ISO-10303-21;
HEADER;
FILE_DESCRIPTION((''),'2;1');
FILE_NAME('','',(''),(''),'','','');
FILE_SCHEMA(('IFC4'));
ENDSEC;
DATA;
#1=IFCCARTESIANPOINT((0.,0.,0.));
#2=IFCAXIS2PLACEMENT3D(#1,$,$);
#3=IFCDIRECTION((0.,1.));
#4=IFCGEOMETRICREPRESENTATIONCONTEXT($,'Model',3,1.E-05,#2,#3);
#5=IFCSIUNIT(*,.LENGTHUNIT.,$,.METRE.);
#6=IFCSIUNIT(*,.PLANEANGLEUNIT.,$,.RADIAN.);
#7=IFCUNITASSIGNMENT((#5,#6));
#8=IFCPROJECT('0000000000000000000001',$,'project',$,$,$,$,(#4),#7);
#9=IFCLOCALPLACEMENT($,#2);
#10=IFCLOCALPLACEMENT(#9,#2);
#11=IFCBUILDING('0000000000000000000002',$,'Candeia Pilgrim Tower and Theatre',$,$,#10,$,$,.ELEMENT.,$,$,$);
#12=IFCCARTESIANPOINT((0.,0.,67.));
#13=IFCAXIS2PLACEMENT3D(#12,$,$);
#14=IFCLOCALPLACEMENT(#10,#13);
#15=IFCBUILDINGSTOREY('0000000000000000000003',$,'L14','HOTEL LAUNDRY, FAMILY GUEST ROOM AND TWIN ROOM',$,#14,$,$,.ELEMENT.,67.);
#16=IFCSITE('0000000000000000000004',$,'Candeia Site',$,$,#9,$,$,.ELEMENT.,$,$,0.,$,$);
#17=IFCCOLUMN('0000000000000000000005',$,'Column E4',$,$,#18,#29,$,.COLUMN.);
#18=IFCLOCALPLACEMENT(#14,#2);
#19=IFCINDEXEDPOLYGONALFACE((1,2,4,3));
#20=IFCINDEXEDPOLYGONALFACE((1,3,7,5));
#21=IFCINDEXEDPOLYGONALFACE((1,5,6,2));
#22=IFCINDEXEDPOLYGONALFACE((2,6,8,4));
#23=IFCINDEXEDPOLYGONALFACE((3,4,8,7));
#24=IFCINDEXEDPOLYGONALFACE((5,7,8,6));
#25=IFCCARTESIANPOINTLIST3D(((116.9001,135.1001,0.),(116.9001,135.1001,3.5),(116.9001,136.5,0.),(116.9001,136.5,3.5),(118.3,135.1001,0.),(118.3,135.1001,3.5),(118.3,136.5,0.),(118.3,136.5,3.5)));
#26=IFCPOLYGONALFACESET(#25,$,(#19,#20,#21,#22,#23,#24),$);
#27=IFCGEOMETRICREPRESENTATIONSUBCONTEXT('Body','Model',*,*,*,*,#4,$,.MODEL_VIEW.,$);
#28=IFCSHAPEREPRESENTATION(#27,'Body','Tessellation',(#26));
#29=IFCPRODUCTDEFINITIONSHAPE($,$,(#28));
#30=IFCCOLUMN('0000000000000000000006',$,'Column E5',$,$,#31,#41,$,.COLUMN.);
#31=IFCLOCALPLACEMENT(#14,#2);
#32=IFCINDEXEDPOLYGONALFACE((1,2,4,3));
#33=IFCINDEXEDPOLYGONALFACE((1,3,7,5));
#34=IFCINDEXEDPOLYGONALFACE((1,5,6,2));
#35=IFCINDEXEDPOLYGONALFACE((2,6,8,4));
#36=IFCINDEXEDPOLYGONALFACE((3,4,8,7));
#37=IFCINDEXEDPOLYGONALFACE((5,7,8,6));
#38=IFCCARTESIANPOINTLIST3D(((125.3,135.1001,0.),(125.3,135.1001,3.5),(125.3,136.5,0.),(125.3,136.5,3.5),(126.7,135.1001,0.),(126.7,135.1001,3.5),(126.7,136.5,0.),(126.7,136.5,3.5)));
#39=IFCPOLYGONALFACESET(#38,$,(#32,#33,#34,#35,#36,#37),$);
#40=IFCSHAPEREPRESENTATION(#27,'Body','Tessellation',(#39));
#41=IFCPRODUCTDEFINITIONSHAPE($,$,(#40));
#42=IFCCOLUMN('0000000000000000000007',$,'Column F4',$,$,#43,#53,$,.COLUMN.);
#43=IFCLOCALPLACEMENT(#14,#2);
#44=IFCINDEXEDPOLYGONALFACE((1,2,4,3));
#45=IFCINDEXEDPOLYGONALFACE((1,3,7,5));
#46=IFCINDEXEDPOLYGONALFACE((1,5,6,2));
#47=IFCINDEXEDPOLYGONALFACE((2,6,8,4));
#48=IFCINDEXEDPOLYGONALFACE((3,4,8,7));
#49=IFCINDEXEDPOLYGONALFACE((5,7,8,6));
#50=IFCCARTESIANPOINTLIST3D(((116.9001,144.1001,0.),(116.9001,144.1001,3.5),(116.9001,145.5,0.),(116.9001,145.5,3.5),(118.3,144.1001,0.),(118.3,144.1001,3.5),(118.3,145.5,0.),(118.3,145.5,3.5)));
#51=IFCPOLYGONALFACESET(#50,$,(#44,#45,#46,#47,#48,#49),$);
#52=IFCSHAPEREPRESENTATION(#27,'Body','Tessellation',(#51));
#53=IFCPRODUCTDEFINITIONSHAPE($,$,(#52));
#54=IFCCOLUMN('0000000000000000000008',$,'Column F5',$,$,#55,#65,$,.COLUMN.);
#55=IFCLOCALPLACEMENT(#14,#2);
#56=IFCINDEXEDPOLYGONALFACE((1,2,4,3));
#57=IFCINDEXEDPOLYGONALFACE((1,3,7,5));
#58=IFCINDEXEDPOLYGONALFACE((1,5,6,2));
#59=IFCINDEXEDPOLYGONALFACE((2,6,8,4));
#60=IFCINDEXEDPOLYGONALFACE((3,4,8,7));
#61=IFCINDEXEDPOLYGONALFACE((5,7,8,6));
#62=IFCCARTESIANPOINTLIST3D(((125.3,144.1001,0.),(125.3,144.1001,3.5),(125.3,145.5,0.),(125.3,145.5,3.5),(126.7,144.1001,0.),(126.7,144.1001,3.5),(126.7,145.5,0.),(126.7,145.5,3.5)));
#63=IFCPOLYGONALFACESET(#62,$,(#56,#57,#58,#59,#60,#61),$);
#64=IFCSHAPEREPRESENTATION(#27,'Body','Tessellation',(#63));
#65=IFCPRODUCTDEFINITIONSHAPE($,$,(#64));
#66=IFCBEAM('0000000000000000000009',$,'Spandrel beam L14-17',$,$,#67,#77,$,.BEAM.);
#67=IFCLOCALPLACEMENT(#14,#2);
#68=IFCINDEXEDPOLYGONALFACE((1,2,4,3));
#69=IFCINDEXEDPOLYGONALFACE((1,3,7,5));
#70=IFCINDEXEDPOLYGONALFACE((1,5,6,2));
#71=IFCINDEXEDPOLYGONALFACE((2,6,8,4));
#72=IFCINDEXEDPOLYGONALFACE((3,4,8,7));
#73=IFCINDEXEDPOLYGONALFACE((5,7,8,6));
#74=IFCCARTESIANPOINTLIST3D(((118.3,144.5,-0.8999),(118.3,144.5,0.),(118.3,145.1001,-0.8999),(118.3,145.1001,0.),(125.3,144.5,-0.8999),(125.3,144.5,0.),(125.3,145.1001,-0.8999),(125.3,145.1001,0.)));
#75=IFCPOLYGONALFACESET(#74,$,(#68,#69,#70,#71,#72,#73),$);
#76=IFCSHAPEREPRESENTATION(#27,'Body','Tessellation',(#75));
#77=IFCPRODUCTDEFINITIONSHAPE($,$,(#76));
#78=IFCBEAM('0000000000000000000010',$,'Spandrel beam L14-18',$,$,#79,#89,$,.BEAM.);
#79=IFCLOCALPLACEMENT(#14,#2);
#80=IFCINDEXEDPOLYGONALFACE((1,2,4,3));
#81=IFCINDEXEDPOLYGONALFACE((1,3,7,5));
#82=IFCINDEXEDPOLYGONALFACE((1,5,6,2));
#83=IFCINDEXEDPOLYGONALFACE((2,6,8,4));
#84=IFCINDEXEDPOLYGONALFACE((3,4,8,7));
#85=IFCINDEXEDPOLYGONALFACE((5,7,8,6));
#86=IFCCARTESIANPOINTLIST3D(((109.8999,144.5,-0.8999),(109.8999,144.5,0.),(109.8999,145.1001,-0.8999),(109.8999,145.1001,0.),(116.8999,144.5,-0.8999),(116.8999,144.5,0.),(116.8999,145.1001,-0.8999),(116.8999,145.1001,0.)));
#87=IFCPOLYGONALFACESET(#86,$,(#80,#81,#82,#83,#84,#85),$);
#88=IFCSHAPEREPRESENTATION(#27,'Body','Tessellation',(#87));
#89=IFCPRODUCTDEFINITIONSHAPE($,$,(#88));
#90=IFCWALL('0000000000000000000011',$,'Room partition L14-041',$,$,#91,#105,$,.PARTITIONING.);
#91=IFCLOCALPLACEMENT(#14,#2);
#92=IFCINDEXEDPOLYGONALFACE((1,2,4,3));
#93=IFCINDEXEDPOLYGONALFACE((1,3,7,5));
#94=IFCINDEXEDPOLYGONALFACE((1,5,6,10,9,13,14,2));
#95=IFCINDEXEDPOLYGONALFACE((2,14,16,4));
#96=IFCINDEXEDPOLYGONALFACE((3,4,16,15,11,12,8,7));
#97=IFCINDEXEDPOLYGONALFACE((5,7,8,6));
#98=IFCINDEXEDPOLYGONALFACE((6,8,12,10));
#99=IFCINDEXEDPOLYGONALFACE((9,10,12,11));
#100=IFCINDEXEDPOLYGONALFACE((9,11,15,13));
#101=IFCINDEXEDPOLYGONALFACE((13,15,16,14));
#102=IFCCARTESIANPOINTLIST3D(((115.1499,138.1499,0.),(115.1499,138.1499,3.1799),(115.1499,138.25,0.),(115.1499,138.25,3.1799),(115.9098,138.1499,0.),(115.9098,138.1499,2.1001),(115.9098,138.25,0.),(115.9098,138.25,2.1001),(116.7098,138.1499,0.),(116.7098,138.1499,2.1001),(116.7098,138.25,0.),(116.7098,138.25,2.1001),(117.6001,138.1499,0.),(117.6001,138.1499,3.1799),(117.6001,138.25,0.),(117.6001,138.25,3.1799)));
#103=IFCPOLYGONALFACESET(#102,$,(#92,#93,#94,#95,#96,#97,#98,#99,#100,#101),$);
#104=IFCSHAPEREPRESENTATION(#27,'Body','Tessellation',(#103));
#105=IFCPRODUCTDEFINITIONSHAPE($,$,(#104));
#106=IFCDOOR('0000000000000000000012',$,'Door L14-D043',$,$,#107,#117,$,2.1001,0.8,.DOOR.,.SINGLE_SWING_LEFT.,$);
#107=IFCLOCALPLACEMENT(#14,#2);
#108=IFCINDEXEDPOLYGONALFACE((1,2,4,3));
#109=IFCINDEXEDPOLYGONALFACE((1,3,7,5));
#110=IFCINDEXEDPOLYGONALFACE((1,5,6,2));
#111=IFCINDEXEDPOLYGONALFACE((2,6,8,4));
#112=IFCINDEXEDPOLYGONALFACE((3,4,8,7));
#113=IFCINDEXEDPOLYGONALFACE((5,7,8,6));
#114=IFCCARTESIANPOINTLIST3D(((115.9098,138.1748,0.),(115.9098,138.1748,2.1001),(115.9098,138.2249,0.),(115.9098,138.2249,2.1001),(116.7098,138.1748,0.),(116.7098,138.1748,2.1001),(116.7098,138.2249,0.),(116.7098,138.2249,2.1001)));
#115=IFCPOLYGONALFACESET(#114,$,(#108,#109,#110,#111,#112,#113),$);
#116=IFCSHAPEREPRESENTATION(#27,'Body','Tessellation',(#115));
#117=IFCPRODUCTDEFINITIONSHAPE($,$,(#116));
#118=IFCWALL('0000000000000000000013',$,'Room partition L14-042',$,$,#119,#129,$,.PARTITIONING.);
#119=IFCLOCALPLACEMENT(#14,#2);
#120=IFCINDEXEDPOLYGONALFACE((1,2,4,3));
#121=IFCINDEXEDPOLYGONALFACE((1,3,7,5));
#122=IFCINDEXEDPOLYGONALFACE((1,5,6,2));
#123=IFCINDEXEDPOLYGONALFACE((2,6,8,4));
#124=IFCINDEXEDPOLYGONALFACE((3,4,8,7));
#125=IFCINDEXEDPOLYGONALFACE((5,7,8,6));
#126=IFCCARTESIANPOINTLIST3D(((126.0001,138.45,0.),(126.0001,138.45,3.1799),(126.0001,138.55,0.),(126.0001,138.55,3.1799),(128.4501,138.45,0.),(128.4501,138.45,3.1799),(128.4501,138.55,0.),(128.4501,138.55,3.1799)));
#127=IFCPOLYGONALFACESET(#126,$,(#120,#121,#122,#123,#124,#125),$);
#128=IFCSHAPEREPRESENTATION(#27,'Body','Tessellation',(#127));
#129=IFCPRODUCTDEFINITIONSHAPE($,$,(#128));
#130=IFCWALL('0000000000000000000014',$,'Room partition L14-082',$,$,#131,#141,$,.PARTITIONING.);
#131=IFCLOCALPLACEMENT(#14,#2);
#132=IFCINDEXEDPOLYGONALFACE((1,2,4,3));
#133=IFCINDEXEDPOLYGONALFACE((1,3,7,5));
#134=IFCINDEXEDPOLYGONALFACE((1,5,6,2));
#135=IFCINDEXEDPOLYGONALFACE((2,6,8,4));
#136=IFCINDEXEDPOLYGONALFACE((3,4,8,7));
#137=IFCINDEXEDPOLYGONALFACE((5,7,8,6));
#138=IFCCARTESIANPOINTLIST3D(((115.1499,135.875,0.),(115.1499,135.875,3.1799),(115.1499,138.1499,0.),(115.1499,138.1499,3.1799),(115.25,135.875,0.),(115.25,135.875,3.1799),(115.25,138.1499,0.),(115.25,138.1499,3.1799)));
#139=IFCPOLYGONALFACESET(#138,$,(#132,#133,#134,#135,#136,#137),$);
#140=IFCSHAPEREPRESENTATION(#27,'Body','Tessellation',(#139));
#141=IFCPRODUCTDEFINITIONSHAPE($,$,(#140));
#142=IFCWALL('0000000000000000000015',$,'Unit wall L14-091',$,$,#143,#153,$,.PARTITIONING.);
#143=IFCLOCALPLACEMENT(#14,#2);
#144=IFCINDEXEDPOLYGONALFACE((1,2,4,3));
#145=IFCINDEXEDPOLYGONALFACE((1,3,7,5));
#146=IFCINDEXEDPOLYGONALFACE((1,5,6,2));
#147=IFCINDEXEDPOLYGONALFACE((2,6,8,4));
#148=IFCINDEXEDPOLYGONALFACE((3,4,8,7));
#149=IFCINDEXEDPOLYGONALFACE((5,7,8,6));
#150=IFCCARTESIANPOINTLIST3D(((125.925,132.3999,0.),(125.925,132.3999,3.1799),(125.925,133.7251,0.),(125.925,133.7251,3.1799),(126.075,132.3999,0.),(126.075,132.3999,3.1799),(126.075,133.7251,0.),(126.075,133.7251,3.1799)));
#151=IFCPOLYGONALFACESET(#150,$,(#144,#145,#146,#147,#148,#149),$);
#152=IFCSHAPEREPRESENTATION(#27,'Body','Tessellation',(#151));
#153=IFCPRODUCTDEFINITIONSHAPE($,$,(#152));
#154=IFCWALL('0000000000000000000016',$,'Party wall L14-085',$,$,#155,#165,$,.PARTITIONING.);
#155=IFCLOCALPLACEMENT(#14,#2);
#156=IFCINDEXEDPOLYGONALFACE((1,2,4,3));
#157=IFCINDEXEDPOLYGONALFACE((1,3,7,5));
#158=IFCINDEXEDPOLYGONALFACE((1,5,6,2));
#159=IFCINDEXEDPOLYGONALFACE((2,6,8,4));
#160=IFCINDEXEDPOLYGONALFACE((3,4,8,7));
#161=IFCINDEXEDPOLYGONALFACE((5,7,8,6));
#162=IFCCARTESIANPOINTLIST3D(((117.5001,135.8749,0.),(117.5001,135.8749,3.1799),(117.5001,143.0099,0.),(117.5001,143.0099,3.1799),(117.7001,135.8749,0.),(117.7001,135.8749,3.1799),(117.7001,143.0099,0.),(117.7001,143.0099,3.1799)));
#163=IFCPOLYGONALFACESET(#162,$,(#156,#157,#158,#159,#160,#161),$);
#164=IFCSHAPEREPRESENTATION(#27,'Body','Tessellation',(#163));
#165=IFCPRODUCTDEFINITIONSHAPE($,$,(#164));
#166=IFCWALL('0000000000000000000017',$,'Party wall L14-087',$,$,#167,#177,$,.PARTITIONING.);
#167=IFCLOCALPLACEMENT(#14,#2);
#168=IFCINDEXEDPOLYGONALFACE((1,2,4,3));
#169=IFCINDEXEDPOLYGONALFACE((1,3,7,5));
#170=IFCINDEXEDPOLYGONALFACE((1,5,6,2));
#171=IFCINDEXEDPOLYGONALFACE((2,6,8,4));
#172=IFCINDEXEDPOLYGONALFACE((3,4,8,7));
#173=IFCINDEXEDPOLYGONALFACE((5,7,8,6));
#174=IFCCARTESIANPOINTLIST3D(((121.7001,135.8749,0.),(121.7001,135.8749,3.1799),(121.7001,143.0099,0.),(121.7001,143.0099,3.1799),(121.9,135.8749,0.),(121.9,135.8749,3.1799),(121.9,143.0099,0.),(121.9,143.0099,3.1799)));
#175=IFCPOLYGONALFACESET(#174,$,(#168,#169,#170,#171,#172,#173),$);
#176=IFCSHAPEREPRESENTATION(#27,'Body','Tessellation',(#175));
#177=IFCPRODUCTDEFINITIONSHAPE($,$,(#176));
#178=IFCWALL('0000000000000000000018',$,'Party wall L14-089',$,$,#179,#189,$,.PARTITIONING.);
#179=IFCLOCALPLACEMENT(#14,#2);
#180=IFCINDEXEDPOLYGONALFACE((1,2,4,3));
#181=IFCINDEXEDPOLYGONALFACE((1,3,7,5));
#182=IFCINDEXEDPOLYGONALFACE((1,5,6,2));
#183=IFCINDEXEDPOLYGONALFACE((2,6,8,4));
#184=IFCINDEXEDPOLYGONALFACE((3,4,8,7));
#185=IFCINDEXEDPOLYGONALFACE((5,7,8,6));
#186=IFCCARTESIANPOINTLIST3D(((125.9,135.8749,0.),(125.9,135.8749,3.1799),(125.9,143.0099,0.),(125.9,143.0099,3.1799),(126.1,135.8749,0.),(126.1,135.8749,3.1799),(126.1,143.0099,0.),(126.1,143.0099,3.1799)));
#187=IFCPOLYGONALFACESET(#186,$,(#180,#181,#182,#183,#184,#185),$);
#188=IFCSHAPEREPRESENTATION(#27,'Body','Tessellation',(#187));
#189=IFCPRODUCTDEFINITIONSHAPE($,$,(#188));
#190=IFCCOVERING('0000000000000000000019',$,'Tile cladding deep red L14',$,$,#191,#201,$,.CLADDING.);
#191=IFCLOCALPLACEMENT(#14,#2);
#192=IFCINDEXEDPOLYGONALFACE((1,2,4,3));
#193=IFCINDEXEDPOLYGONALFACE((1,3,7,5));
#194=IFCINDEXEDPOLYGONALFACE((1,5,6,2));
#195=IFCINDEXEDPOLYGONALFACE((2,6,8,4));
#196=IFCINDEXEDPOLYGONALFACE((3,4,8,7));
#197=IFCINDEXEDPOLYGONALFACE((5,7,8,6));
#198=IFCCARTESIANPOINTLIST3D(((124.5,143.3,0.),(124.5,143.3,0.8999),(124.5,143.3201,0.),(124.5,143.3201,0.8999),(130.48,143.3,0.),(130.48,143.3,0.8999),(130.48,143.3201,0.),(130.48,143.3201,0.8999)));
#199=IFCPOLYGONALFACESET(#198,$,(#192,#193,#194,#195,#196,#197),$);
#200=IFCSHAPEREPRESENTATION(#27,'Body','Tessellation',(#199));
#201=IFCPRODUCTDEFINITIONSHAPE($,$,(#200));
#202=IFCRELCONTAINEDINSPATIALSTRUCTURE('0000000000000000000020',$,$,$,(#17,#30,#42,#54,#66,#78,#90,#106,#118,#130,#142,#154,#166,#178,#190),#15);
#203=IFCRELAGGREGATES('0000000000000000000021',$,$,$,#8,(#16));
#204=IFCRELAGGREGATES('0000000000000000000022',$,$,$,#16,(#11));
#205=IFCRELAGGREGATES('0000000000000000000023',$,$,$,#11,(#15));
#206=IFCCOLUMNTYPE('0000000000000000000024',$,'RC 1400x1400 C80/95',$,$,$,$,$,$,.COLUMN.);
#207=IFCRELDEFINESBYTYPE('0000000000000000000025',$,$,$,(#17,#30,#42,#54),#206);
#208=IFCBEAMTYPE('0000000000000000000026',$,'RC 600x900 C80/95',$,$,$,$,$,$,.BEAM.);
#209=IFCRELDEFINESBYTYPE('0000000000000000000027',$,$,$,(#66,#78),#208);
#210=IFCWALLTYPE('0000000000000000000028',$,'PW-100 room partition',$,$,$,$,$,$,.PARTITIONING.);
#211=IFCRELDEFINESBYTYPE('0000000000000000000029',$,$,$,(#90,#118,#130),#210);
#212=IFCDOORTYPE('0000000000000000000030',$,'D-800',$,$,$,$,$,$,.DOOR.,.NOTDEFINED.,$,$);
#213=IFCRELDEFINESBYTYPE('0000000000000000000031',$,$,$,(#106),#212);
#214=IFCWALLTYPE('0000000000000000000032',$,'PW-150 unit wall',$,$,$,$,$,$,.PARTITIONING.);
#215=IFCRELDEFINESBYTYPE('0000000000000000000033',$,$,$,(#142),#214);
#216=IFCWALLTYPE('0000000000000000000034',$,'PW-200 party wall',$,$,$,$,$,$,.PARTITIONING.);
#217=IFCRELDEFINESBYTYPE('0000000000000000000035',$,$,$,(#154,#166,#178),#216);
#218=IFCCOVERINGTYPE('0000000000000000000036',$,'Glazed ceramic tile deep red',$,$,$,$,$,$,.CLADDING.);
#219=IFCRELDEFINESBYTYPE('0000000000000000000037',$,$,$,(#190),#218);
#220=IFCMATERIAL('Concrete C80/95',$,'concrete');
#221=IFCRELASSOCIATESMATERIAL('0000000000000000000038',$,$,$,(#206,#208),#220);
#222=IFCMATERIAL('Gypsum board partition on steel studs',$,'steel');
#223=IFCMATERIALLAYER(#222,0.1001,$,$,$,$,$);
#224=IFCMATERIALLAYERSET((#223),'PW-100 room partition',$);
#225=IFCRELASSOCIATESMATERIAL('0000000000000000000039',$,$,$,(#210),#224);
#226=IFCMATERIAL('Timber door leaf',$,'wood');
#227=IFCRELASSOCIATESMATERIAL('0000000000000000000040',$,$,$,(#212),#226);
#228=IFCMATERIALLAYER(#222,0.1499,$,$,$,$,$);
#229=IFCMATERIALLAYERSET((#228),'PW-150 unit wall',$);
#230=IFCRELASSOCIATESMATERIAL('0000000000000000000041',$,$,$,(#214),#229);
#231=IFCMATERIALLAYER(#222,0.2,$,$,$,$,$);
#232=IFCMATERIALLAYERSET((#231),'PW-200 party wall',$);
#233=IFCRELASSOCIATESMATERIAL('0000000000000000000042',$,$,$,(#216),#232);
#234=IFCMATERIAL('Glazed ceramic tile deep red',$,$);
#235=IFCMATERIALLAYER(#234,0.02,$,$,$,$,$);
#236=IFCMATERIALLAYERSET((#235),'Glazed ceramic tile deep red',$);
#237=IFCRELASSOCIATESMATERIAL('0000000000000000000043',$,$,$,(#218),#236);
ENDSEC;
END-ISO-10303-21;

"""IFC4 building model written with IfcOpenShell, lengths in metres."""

from ifc_helpers import new_model, si_unit, direction, frame, frame_2d, origin, origin_2d, place, context, subcontext, project, spatial, rectangle, extrude, material, layer, layer_set, material_profile, profile_set, type_object, element, fill, save


model = new_model("IFC4")

# Units and contexts
model_context = context("Model", 3, precision=1e-05, world=origin(), true_north=direction((0.0, 1.0)))
body_context = subcontext(model_context, "Body", "Model", "MODEL_VIEW")
ifc_project = project(units=[si_unit("LENGTHUNIT", "METRE"), si_unit("PLANEANGLEUNIT", "RADIAN")], contexts=[model_context])

# Site, building, storey
site_placement = place(None, origin())
site = spatial("IfcSite", under=ifc_project, at=site_placement, Name="Candeia Site", CompositionType="ELEMENT", RefElevation=0.0)
building_placement = place(site_placement, origin())
building = spatial("IfcBuilding", under=site, at=building_placement, Name="Candeia Pilgrim Tower and Theatre", CompositionType="ELEMENT")
storey_placement = place(building_placement, frame((0.0, 0.0, 67.0)))
storey = spatial("IfcBuildingStorey", under=building, at=storey_placement, Name="L14", Description="HOTEL LAUNDRY, FAMILY GUEST ROOM AND TWIN ROOM", CompositionType="ELEMENT", Elevation=67.0)

# Columns
ifc_material_1 = material(Name="Concrete C80/95", Category="concrete")
ifc_material_profile_1 = material_profile(ifc_material_1, rectangle(XDim=1.3999, YDim=1.3999, at=origin_2d()))
ifc_profile_set_1 = profile_set([ifc_material_profile_1], Name="Concrete C80/95")
column_type = type_object("IfcColumnType", Name="RC 1400x1400 C80/95", PredefinedType="COLUMN", material=ifc_profile_set_1)
for number, where, z_axis, x_axis, name in (
    (1, (117.6001, 135.8, 0.0), (0.0, 0.0, 1.0), (1.0, 0.0, 0.0), "Column E4"),
    (2, (126.0, 135.8, 0.0), (0.0, 0.0, 1.0), (1.0, 0.0, 0.0), "Column E5"),
    (3, (117.6001, 144.8, 0.0), (0.0, 0.0, 1.0), (1.0, 0.0, 0.0), "Column F4"),
    (4, (126.0, 144.8, 0.0), (0.0, 0.0, 1.0), (1.0, 0.0, 0.0), "Column F5"),
):
    element("IfcColumn", number, at=place(storey_placement, frame(where, z_axis=z_axis, x_axis=x_axis)), inside=storey, type_object=column_type, Name=name, PredefinedType="COLUMN", context=body_context, shape_type="SweptSolid", body=[
        extrude(rectangle(XDim=1.3999, YDim=1.3999, at=origin_2d()), origin(), (0.0, 0.0, 1.0), 3.5),
    ])

# Beams
ifc_material_profile_2 = material_profile(ifc_material_1, rectangle(XDim=0.6001, YDim=0.8999, at=origin_2d()))
ifc_profile_set_2 = profile_set([ifc_material_profile_2], Name="Concrete C80/95")
beam_type = type_object("IfcBeamType", Name="RC 600x900 C80/95", PredefinedType="BEAM", material=ifc_profile_set_2)
for number, where, z_axis, x_axis, name in (
    (5, (125.3, 144.8, -0.45), (-1.0, 0.0, 0.0), (0.0, -1.0, 0.0), "Spandrel beam L14-17"),
    (6, (116.8999, 144.8, -0.45), (-1.0, 0.0, 0.0), (0.0, -1.0, 0.0), "Spandrel beam L14-18"),
):
    element("IfcBeam", number, at=place(storey_placement, frame(where, z_axis=z_axis, x_axis=x_axis)), inside=storey, type_object=beam_type, Name=name, PredefinedType="BEAM", context=body_context, shape_type="SweptSolid", body=[
        extrude(rectangle(XDim=0.6001, YDim=0.8999, at=origin_2d()), origin(), (0.0, 0.0, 1.0), 7.0),
    ])

# Wall, opening, door
ifc_material_2 = material(Name="Gypsum board partition on steel studs", Category="steel")
ifc_layer_1 = layer(ifc_material_2, 0.1001)
ifc_layer_set_1 = layer_set([ifc_layer_1], Name="PW-100 room partition")
wall_type_1 = type_object("IfcWallType", Name="PW-100 room partition", PredefinedType="PARTITIONING", material=ifc_layer_set_1)
wall_1_placement = place(storey_placement, frame((115.1499, 138.2, 0.0), z_axis=(0.0, 0.0, 1.0), x_axis=(1.0, 0.0, 0.0)))
wall_1 = element("IfcWall", 7, at=wall_1_placement, inside=storey, type_object=wall_type_1, Name="Room partition L14-041", PredefinedType="PARTITIONING", context=body_context, shape_type="SweptSolid", body=[
    extrude(rectangle(XDim=2.4502, YDim=0.1001, at=frame_2d((1.2251, 0.0))), origin(), (0.0, 0.0, 1.0), 3.1799),
])
opening_placement = place(wall_1_placement, frame((0.76, 0.0, 0.0)))
opening = element("IfcOpeningElement", 8, at=opening_placement, cuts=wall_1, PredefinedType="OPENING", context=body_context, shape_type="SweptSolid", body=[
    extrude(rectangle(XDim=0.8, YDim=2.1001, at=frame_2d((0.3999, 1.05))), frame((0.0, 0.0601, 0.0), z_axis=(0.0, -1.0, 0.0), x_axis=(1.0, 0.0, 0.0)), (0.0, 0.0, 1.0), 0.1201),
])
ifc_material_3 = material(Name="Timber door leaf", Category="wood")
door_type = type_object("IfcDoorType", Name="D-800", OperationType="NOTDEFINED", PredefinedType="DOOR", material=ifc_material_3)
door_placement = place(opening_placement, origin())
door = element("IfcDoor", 9, at=door_placement, inside=storey, type_object=door_type, Name="Door L14-D043", OperationType="SINGLE_SWING_LEFT", OverallHeight=2.1001, OverallWidth=0.8, PredefinedType="DOOR", context=body_context, shape_type="SweptSolid", body=[
    extrude(rectangle(XDim=0.8, YDim=2.1001, at=frame_2d((0.3999, 1.05))), frame((0.0, 0.0249, 0.0), z_axis=(0.0, -1.0, 0.0), x_axis=(1.0, 0.0, 0.0)), (0.0, 0.0, 1.0), 0.05),
])
fill(opening, door)

# Walls
wall_2_placement = place(storey_placement, frame((126.0, 138.5, 0.0), z_axis=(0.0, 0.0, 1.0), x_axis=(1.0, 0.0, 0.0)))
element("IfcWall", 10, at=wall_2_placement, inside=storey, type_object=wall_type_1, Name="Room partition L14-042", PredefinedType="PARTITIONING", context=body_context, shape_type="SweptSolid", body=[
    extrude(rectangle(XDim=2.45, YDim=0.1001, at=frame_2d((1.2251, 0.0))), origin(), (0.0, 0.0, 1.0), 3.1799),
])
wall_3_placement = place(storey_placement, frame((115.2, 135.875, 0.0), z_axis=(0.0, 0.0, 1.0), x_axis=(0.0, 1.0, 0.0)))
element("IfcWall", 11, at=wall_3_placement, inside=storey, type_object=wall_type_1, Name="Room partition L14-082", PredefinedType="PARTITIONING", context=body_context, shape_type="SweptSolid", body=[
    extrude(rectangle(XDim=2.2749, YDim=0.1001, at=frame_2d((1.1375, 0.0))), origin(), (0.0, 0.0, 1.0), 3.1799),
])
ifc_layer_2 = layer(ifc_material_2, 0.1499)
ifc_layer_set_2 = layer_set([ifc_layer_2], Name="PW-150 unit wall")
wall_type_2 = type_object("IfcWallType", Name="PW-150 unit wall", PredefinedType="PARTITIONING", material=ifc_layer_set_2)
wall_4_placement = place(storey_placement, frame((126.0, 132.3999, 0.0), z_axis=(0.0, 0.0, 1.0), x_axis=(0.0, 1.0, 0.0)))
element("IfcWall", 12, at=wall_4_placement, inside=storey, type_object=wall_type_2, Name="Unit wall L14-091", PredefinedType="PARTITIONING", context=body_context, shape_type="SweptSolid", body=[
    extrude(rectangle(XDim=1.3252, YDim=0.1499, at=frame_2d((0.6626, 0.0))), origin(), (0.0, 0.0, 1.0), 3.1799),
])
ifc_layer_3 = layer(ifc_material_2, 0.2)
ifc_layer_set_3 = layer_set([ifc_layer_3], Name="PW-200 party wall")
wall_type_3 = type_object("IfcWallType", Name="PW-200 party wall", PredefinedType="PARTITIONING", material=ifc_layer_set_3)
for number, where, z_axis, x_axis, name in (
    (13, (117.6001, 135.875, 0.0), (0.0, 0.0, 1.0), (0.0, 1.0, 0.0), "Party wall L14-085"),
    (14, (121.8, 135.875, 0.0), (0.0, 0.0, 1.0), (0.0, 1.0, 0.0), "Party wall L14-087"),
    (15, (126.0, 135.875, 0.0), (0.0, 0.0, 1.0), (0.0, 1.0, 0.0), "Party wall L14-089"),
):
    element("IfcWall", number, at=place(storey_placement, frame(where, z_axis=z_axis, x_axis=x_axis)), inside=storey, type_object=wall_type_3, Name=name, PredefinedType="PARTITIONING", context=body_context, shape_type="SweptSolid", body=[
        extrude(rectangle(XDim=7.135, YDim=0.2, at=frame_2d((3.5674, 0.0))), origin(), (0.0, 0.0, 1.0), 3.1799),
    ])

# Covering
ifc_material_4 = material(Name="Glazed ceramic tile deep red")
ifc_layer_4 = layer(ifc_material_4, 0.02)
ifc_layer_set_4 = layer_set([ifc_layer_4], Name="Glazed ceramic tile deep red")
covering_type = type_object("IfcCoveringType", Name="Glazed ceramic tile deep red", PredefinedType="CLADDING", material=ifc_layer_set_4)
covering_1_placement = place(storey_placement, frame((127.49, 143.3101, 0.0), z_axis=(0.0, 0.0, 1.0), x_axis=(-1.0, 0.0, 0.0)))
element("IfcCovering", 16, at=covering_1_placement, inside=storey, type_object=covering_type, Name="Tile cladding deep red L14", PredefinedType="CLADDING", context=body_context, shape_type="SweptSolid", body=[
    extrude(rectangle(XDim=5.98, YDim=0.02, at=origin_2d()), origin(), (0.0, 0.0, 1.0), 0.8999),
])

save(model, "model.ifc")
